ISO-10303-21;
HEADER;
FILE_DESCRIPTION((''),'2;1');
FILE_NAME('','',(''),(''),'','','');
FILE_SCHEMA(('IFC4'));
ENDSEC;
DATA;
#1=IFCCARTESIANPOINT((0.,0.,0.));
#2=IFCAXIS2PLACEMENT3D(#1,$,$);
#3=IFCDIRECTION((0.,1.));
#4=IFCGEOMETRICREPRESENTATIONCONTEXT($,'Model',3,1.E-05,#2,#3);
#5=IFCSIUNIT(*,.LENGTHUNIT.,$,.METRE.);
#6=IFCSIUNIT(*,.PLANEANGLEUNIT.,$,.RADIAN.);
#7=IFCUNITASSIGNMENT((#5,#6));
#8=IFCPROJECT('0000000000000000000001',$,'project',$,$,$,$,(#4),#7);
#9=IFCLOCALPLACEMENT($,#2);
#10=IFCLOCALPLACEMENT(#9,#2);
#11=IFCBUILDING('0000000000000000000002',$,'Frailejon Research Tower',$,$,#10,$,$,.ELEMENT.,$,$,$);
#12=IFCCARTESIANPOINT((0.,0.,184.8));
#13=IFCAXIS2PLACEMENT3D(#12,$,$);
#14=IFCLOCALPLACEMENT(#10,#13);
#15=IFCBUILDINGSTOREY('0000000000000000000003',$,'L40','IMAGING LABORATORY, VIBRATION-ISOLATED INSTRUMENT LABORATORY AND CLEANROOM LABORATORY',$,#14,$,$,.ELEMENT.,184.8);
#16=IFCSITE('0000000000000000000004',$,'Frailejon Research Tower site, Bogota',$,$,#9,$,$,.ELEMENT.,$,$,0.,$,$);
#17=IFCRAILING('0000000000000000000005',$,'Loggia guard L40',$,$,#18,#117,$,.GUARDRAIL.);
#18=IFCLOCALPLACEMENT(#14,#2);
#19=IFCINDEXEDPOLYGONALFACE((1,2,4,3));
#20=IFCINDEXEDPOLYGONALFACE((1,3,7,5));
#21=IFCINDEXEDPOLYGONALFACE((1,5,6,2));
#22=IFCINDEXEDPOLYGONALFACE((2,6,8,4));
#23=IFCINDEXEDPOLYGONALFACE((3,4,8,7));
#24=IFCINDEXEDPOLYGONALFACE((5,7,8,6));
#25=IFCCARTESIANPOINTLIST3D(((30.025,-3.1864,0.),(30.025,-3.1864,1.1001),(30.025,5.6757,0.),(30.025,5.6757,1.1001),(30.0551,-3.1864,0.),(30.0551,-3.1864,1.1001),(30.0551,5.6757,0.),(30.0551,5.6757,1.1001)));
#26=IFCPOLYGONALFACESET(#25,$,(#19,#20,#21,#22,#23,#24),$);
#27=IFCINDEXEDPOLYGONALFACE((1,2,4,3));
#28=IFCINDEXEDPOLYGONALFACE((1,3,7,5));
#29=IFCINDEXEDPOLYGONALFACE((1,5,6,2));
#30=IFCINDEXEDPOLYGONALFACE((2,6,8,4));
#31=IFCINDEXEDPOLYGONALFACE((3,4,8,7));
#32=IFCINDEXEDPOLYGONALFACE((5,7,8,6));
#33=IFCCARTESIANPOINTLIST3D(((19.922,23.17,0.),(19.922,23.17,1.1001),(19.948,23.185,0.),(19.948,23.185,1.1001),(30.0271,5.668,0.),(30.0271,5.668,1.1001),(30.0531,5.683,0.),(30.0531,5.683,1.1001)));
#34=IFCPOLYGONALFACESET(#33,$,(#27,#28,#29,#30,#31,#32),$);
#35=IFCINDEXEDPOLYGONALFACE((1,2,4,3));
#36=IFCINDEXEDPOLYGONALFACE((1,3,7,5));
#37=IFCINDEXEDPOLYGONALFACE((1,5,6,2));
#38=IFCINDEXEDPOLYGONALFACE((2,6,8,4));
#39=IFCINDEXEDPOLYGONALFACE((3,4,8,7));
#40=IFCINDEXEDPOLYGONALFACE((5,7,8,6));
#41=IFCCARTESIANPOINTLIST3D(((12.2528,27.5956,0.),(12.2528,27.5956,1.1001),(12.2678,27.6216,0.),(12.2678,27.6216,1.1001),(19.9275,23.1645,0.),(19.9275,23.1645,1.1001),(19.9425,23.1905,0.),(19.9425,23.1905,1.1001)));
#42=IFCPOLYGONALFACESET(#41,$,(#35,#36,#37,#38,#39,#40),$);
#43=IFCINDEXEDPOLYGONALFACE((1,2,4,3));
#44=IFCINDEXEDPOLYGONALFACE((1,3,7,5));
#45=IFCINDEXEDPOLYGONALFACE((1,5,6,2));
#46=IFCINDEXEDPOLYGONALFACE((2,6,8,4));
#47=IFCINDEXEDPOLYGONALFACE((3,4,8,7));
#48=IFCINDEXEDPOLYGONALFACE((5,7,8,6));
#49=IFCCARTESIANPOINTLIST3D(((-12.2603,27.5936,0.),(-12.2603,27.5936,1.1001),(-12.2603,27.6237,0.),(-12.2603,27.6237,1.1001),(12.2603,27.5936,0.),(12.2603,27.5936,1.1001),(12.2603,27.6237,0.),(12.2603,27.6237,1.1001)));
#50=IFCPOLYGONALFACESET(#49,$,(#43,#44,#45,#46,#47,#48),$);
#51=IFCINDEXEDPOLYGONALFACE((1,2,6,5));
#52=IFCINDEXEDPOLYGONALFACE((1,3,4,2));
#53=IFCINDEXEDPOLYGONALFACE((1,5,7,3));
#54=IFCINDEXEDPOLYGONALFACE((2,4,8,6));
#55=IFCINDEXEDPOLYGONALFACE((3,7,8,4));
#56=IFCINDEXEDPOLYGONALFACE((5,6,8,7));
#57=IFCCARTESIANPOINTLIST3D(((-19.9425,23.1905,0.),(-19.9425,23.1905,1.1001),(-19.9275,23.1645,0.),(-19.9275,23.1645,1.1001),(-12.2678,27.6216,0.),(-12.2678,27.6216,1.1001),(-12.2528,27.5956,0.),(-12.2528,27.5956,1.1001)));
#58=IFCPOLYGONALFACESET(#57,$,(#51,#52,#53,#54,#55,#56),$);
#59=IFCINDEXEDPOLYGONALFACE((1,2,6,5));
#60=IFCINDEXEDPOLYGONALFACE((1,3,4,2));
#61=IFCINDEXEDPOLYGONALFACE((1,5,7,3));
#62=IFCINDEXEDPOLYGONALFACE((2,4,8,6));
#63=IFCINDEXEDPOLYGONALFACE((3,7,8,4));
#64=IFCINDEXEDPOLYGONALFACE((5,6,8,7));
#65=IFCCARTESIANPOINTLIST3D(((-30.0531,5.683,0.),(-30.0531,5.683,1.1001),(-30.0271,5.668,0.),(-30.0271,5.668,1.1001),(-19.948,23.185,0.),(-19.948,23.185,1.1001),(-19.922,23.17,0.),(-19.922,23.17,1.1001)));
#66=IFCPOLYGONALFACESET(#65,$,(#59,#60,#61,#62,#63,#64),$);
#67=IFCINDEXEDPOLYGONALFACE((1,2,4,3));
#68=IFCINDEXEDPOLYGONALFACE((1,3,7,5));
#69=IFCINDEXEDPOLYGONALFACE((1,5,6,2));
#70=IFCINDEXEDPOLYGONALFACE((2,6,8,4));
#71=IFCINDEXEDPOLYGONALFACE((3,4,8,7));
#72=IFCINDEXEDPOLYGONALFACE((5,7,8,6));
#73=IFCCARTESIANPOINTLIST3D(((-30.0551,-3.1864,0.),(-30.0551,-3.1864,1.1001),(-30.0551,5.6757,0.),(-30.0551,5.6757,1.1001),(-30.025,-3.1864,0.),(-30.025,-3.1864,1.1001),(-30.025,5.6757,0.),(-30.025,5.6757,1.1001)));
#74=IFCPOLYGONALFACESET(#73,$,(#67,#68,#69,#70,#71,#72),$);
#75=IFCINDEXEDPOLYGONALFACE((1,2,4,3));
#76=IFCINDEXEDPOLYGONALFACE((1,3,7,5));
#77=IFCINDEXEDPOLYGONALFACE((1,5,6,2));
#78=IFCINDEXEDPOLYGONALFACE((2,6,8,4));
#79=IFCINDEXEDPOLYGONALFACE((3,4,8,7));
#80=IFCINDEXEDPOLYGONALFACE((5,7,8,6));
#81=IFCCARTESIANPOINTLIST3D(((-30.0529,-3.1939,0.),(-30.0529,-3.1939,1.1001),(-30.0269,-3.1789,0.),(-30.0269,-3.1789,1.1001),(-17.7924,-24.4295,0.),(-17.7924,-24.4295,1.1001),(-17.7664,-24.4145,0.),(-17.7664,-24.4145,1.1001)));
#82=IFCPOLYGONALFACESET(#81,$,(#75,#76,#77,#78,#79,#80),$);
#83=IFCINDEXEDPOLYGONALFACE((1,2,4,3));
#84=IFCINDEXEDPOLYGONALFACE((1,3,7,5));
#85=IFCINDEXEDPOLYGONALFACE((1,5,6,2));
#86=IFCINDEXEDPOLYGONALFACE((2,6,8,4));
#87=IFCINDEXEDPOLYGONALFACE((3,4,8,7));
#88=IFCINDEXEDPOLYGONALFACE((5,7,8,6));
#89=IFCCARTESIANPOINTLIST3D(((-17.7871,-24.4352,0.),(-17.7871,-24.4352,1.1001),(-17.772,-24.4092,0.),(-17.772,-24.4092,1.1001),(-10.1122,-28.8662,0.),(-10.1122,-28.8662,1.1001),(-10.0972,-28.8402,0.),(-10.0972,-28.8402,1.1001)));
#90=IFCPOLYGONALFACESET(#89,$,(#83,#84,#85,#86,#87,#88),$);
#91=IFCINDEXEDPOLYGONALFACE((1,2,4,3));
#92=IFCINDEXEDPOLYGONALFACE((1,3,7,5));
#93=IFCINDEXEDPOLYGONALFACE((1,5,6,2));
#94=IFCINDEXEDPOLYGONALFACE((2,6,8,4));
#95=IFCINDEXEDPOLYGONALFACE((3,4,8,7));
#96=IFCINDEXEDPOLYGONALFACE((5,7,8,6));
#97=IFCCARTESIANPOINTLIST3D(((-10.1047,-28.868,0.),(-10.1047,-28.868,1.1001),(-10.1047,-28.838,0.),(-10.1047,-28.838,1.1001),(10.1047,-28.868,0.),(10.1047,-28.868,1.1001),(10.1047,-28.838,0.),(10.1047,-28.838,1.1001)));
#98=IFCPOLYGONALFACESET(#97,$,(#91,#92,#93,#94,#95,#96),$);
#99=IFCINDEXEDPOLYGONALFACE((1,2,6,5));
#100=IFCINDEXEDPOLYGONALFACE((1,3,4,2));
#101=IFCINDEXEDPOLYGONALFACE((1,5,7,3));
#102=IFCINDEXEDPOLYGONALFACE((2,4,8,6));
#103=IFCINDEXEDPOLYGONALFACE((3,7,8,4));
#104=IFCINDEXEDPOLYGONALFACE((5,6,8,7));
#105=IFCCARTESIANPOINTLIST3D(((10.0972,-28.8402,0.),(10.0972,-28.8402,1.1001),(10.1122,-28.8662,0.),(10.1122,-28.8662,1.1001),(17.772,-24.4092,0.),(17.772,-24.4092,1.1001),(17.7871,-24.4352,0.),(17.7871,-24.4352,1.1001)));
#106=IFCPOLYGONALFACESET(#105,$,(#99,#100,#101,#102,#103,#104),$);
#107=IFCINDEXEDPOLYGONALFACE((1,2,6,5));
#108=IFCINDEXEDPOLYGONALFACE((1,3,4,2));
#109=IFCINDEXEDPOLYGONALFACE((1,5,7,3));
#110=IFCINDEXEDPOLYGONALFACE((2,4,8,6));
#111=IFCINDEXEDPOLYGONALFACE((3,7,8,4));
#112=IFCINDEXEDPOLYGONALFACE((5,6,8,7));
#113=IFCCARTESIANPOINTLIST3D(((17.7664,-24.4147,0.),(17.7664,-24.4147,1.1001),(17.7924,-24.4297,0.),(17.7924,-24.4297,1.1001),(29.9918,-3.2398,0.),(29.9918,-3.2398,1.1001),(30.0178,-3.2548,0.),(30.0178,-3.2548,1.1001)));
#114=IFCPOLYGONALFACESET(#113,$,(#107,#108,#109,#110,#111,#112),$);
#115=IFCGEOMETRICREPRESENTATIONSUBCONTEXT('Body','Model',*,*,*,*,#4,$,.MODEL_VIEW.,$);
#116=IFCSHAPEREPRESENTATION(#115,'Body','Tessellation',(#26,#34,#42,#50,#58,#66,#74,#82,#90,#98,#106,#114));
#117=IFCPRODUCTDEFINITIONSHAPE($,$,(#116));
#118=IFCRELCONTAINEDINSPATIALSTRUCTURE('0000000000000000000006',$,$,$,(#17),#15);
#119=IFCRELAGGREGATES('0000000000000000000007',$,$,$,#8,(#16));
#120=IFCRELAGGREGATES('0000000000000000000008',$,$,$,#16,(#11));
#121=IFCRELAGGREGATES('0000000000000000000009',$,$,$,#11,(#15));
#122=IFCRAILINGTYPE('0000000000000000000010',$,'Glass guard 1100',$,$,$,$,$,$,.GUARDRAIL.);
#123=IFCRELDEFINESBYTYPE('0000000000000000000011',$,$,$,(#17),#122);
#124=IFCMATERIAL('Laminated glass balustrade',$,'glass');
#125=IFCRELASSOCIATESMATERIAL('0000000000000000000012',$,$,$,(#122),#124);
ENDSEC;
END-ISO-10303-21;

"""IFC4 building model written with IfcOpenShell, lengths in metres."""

from ifc_helpers import new_model, si_unit, direction, frame, origin, origin_2d, place, context, subcontext, project, spatial, rectangle, extrude, material, type_object, element, save


model = new_model("IFC4")

# Units and contexts
model_context = context("Model", 3, precision=1e-05, world=origin(), true_north=direction((0.0, 1.0)))
body_context = subcontext(model_context, "Body", "Model", "MODEL_VIEW")
ifc_project = project(units=[si_unit("LENGTHUNIT", "METRE"), si_unit("PLANEANGLEUNIT", "RADIAN")], contexts=[model_context])

# Site, building, storey
site_placement = place(None, origin())
site = spatial("IfcSite", under=ifc_project, at=site_placement, Name="Frailejon Research Tower site, Bogota", CompositionType="ELEMENT", RefElevation=0.0)
building_placement = place(site_placement, origin())
building = spatial("IfcBuilding", under=site, at=building_placement, Name="Frailejon Research Tower", CompositionType="ELEMENT")
storey_placement = place(building_placement, frame((0.0, 0.0, 184.8)))
storey = spatial("IfcBuildingStorey", under=building, at=storey_placement, Name="L40", Description="IMAGING LABORATORY, VIBRATION-ISOLATED INSTRUMENT LABORATORY AND CLEANROOM LABORATORY", CompositionType="ELEMENT", Elevation=184.8)

# Railing
ifc_material_1 = material(Name="Laminated glass balustrade", Category="glass")
railing_type = type_object("IfcRailingType", Name="Glass guard 1100", PredefinedType="GUARDRAIL", material=ifc_material_1)
railing_placement = place(storey_placement, frame((30.04, -3.1865, 0.0)))
element("IfcRailing", 1, at=railing_placement, inside=storey, type_object=railing_type, Name="Loggia guard L40", PredefinedType="GUARDRAIL", context=body_context, shape_type="SweptSolid", body=[
    extrude(rectangle(XDim=8.8621, YDim=0.03, at=origin_2d()), frame((0.0, 4.4312, 0.0), z_axis=(0.0, 0.0, 1.0), x_axis=(0.0, 1.0, 0.0)), (0.0, 0.0, 1.0), 1.1001),
    extrude(rectangle(XDim=20.2097, YDim=0.03, at=origin_2d()), frame((-5.0525, 17.613, 0.0), z_axis=(0.0, 0.0, 1.0), x_axis=(-0.500008, 0.866021, 0.0)), (0.0, 0.0, 1.0), 1.1001),
    extrude(rectangle(XDim=8.8621, YDim=0.03, at=origin_2d()), frame((-13.9424, 28.5796, 0.0), z_axis=(0.0, 0.0, 1.0), x_axis=(-0.86602, 0.500009, 0.0)), (0.0, 0.0, 1.0), 1.1001),
    extrude(rectangle(XDim=24.5205, YDim=0.03, at=origin_2d()), frame((-30.04, 30.7952, 0.0), z_axis=(0.0, 0.0, 1.0), x_axis=(-1.0, 0.0, 0.0)), (0.0, 0.0, 1.0), 1.1001),
    extrude(rectangle(XDim=8.8621, YDim=0.03, at=origin_2d()), frame((-46.1377, 28.5796, 0.0), z_axis=(0.0, 0.0, 1.0), x_axis=(-0.86602, -0.500009, 0.0)), (0.0, 0.0, 1.0), 1.1001),
    extrude(rectangle(XDim=20.2097, YDim=0.03, at=origin_2d()), frame((-55.0276, 17.613, 0.0), z_axis=(0.0, 0.0, 1.0), x_axis=(-0.500008, -0.866021, 0.0)), (0.0, 0.0, 1.0), 1.1001),
    extrude(rectangle(XDim=8.8621, YDim=0.03, at=origin_2d()), frame((-60.0801, 4.4312, 0.0), z_axis=(0.0, 0.0, 1.0), x_axis=(0.0, -1.0, 0.0)), (0.0, 0.0, 1.0), 1.1001),
    extrude(rectangle(XDim=24.5208, YDim=0.03, at=origin_2d()), frame((-53.9497, -10.6177, 0.0), z_axis=(0.0, 0.0, 1.0), x_axis=(0.500004, -0.866023, 0.0)), (0.0, 0.0, 1.0), 1.1001),
    extrude(rectangle(XDim=8.8621, YDim=0.03, at=origin_2d()), frame((-43.9822, -23.4512, 0.0), z_axis=(0.0, 0.0, 1.0), x_axis=(0.866032, -0.499988, 0.0)), (0.0, 0.0, 1.0), 1.1001),
    extrude(rectangle(XDim=20.2095, YDim=0.03, at=origin_2d()), frame((-30.04, -25.6665, 0.0), z_axis=(0.0, 0.0, 1.0), x_axis=(1.0, 0.0, 0.0)), (0.0, 0.0, 1.0), 1.1001),
    extrude(rectangle(XDim=8.8621, YDim=0.03, at=origin_2d()), frame((-16.0979, -23.4512, 0.0), z_axis=(0.0, 0.0, 1.0), x_axis=(0.866032, 0.499988, 0.0)), (0.0, 0.0, 1.0), 1.1001),
    extrude(rectangle(XDim=24.4507, YDim=0.03, at=origin_2d()), frame((-6.1479, -10.6482, 0.0), z_axis=(0.0, 0.0, 1.0), x_axis=(0.500002, 0.866024, 0.0)), (0.0, 0.0, 1.0), 1.1001),
])

save(model, "model.ifc")
